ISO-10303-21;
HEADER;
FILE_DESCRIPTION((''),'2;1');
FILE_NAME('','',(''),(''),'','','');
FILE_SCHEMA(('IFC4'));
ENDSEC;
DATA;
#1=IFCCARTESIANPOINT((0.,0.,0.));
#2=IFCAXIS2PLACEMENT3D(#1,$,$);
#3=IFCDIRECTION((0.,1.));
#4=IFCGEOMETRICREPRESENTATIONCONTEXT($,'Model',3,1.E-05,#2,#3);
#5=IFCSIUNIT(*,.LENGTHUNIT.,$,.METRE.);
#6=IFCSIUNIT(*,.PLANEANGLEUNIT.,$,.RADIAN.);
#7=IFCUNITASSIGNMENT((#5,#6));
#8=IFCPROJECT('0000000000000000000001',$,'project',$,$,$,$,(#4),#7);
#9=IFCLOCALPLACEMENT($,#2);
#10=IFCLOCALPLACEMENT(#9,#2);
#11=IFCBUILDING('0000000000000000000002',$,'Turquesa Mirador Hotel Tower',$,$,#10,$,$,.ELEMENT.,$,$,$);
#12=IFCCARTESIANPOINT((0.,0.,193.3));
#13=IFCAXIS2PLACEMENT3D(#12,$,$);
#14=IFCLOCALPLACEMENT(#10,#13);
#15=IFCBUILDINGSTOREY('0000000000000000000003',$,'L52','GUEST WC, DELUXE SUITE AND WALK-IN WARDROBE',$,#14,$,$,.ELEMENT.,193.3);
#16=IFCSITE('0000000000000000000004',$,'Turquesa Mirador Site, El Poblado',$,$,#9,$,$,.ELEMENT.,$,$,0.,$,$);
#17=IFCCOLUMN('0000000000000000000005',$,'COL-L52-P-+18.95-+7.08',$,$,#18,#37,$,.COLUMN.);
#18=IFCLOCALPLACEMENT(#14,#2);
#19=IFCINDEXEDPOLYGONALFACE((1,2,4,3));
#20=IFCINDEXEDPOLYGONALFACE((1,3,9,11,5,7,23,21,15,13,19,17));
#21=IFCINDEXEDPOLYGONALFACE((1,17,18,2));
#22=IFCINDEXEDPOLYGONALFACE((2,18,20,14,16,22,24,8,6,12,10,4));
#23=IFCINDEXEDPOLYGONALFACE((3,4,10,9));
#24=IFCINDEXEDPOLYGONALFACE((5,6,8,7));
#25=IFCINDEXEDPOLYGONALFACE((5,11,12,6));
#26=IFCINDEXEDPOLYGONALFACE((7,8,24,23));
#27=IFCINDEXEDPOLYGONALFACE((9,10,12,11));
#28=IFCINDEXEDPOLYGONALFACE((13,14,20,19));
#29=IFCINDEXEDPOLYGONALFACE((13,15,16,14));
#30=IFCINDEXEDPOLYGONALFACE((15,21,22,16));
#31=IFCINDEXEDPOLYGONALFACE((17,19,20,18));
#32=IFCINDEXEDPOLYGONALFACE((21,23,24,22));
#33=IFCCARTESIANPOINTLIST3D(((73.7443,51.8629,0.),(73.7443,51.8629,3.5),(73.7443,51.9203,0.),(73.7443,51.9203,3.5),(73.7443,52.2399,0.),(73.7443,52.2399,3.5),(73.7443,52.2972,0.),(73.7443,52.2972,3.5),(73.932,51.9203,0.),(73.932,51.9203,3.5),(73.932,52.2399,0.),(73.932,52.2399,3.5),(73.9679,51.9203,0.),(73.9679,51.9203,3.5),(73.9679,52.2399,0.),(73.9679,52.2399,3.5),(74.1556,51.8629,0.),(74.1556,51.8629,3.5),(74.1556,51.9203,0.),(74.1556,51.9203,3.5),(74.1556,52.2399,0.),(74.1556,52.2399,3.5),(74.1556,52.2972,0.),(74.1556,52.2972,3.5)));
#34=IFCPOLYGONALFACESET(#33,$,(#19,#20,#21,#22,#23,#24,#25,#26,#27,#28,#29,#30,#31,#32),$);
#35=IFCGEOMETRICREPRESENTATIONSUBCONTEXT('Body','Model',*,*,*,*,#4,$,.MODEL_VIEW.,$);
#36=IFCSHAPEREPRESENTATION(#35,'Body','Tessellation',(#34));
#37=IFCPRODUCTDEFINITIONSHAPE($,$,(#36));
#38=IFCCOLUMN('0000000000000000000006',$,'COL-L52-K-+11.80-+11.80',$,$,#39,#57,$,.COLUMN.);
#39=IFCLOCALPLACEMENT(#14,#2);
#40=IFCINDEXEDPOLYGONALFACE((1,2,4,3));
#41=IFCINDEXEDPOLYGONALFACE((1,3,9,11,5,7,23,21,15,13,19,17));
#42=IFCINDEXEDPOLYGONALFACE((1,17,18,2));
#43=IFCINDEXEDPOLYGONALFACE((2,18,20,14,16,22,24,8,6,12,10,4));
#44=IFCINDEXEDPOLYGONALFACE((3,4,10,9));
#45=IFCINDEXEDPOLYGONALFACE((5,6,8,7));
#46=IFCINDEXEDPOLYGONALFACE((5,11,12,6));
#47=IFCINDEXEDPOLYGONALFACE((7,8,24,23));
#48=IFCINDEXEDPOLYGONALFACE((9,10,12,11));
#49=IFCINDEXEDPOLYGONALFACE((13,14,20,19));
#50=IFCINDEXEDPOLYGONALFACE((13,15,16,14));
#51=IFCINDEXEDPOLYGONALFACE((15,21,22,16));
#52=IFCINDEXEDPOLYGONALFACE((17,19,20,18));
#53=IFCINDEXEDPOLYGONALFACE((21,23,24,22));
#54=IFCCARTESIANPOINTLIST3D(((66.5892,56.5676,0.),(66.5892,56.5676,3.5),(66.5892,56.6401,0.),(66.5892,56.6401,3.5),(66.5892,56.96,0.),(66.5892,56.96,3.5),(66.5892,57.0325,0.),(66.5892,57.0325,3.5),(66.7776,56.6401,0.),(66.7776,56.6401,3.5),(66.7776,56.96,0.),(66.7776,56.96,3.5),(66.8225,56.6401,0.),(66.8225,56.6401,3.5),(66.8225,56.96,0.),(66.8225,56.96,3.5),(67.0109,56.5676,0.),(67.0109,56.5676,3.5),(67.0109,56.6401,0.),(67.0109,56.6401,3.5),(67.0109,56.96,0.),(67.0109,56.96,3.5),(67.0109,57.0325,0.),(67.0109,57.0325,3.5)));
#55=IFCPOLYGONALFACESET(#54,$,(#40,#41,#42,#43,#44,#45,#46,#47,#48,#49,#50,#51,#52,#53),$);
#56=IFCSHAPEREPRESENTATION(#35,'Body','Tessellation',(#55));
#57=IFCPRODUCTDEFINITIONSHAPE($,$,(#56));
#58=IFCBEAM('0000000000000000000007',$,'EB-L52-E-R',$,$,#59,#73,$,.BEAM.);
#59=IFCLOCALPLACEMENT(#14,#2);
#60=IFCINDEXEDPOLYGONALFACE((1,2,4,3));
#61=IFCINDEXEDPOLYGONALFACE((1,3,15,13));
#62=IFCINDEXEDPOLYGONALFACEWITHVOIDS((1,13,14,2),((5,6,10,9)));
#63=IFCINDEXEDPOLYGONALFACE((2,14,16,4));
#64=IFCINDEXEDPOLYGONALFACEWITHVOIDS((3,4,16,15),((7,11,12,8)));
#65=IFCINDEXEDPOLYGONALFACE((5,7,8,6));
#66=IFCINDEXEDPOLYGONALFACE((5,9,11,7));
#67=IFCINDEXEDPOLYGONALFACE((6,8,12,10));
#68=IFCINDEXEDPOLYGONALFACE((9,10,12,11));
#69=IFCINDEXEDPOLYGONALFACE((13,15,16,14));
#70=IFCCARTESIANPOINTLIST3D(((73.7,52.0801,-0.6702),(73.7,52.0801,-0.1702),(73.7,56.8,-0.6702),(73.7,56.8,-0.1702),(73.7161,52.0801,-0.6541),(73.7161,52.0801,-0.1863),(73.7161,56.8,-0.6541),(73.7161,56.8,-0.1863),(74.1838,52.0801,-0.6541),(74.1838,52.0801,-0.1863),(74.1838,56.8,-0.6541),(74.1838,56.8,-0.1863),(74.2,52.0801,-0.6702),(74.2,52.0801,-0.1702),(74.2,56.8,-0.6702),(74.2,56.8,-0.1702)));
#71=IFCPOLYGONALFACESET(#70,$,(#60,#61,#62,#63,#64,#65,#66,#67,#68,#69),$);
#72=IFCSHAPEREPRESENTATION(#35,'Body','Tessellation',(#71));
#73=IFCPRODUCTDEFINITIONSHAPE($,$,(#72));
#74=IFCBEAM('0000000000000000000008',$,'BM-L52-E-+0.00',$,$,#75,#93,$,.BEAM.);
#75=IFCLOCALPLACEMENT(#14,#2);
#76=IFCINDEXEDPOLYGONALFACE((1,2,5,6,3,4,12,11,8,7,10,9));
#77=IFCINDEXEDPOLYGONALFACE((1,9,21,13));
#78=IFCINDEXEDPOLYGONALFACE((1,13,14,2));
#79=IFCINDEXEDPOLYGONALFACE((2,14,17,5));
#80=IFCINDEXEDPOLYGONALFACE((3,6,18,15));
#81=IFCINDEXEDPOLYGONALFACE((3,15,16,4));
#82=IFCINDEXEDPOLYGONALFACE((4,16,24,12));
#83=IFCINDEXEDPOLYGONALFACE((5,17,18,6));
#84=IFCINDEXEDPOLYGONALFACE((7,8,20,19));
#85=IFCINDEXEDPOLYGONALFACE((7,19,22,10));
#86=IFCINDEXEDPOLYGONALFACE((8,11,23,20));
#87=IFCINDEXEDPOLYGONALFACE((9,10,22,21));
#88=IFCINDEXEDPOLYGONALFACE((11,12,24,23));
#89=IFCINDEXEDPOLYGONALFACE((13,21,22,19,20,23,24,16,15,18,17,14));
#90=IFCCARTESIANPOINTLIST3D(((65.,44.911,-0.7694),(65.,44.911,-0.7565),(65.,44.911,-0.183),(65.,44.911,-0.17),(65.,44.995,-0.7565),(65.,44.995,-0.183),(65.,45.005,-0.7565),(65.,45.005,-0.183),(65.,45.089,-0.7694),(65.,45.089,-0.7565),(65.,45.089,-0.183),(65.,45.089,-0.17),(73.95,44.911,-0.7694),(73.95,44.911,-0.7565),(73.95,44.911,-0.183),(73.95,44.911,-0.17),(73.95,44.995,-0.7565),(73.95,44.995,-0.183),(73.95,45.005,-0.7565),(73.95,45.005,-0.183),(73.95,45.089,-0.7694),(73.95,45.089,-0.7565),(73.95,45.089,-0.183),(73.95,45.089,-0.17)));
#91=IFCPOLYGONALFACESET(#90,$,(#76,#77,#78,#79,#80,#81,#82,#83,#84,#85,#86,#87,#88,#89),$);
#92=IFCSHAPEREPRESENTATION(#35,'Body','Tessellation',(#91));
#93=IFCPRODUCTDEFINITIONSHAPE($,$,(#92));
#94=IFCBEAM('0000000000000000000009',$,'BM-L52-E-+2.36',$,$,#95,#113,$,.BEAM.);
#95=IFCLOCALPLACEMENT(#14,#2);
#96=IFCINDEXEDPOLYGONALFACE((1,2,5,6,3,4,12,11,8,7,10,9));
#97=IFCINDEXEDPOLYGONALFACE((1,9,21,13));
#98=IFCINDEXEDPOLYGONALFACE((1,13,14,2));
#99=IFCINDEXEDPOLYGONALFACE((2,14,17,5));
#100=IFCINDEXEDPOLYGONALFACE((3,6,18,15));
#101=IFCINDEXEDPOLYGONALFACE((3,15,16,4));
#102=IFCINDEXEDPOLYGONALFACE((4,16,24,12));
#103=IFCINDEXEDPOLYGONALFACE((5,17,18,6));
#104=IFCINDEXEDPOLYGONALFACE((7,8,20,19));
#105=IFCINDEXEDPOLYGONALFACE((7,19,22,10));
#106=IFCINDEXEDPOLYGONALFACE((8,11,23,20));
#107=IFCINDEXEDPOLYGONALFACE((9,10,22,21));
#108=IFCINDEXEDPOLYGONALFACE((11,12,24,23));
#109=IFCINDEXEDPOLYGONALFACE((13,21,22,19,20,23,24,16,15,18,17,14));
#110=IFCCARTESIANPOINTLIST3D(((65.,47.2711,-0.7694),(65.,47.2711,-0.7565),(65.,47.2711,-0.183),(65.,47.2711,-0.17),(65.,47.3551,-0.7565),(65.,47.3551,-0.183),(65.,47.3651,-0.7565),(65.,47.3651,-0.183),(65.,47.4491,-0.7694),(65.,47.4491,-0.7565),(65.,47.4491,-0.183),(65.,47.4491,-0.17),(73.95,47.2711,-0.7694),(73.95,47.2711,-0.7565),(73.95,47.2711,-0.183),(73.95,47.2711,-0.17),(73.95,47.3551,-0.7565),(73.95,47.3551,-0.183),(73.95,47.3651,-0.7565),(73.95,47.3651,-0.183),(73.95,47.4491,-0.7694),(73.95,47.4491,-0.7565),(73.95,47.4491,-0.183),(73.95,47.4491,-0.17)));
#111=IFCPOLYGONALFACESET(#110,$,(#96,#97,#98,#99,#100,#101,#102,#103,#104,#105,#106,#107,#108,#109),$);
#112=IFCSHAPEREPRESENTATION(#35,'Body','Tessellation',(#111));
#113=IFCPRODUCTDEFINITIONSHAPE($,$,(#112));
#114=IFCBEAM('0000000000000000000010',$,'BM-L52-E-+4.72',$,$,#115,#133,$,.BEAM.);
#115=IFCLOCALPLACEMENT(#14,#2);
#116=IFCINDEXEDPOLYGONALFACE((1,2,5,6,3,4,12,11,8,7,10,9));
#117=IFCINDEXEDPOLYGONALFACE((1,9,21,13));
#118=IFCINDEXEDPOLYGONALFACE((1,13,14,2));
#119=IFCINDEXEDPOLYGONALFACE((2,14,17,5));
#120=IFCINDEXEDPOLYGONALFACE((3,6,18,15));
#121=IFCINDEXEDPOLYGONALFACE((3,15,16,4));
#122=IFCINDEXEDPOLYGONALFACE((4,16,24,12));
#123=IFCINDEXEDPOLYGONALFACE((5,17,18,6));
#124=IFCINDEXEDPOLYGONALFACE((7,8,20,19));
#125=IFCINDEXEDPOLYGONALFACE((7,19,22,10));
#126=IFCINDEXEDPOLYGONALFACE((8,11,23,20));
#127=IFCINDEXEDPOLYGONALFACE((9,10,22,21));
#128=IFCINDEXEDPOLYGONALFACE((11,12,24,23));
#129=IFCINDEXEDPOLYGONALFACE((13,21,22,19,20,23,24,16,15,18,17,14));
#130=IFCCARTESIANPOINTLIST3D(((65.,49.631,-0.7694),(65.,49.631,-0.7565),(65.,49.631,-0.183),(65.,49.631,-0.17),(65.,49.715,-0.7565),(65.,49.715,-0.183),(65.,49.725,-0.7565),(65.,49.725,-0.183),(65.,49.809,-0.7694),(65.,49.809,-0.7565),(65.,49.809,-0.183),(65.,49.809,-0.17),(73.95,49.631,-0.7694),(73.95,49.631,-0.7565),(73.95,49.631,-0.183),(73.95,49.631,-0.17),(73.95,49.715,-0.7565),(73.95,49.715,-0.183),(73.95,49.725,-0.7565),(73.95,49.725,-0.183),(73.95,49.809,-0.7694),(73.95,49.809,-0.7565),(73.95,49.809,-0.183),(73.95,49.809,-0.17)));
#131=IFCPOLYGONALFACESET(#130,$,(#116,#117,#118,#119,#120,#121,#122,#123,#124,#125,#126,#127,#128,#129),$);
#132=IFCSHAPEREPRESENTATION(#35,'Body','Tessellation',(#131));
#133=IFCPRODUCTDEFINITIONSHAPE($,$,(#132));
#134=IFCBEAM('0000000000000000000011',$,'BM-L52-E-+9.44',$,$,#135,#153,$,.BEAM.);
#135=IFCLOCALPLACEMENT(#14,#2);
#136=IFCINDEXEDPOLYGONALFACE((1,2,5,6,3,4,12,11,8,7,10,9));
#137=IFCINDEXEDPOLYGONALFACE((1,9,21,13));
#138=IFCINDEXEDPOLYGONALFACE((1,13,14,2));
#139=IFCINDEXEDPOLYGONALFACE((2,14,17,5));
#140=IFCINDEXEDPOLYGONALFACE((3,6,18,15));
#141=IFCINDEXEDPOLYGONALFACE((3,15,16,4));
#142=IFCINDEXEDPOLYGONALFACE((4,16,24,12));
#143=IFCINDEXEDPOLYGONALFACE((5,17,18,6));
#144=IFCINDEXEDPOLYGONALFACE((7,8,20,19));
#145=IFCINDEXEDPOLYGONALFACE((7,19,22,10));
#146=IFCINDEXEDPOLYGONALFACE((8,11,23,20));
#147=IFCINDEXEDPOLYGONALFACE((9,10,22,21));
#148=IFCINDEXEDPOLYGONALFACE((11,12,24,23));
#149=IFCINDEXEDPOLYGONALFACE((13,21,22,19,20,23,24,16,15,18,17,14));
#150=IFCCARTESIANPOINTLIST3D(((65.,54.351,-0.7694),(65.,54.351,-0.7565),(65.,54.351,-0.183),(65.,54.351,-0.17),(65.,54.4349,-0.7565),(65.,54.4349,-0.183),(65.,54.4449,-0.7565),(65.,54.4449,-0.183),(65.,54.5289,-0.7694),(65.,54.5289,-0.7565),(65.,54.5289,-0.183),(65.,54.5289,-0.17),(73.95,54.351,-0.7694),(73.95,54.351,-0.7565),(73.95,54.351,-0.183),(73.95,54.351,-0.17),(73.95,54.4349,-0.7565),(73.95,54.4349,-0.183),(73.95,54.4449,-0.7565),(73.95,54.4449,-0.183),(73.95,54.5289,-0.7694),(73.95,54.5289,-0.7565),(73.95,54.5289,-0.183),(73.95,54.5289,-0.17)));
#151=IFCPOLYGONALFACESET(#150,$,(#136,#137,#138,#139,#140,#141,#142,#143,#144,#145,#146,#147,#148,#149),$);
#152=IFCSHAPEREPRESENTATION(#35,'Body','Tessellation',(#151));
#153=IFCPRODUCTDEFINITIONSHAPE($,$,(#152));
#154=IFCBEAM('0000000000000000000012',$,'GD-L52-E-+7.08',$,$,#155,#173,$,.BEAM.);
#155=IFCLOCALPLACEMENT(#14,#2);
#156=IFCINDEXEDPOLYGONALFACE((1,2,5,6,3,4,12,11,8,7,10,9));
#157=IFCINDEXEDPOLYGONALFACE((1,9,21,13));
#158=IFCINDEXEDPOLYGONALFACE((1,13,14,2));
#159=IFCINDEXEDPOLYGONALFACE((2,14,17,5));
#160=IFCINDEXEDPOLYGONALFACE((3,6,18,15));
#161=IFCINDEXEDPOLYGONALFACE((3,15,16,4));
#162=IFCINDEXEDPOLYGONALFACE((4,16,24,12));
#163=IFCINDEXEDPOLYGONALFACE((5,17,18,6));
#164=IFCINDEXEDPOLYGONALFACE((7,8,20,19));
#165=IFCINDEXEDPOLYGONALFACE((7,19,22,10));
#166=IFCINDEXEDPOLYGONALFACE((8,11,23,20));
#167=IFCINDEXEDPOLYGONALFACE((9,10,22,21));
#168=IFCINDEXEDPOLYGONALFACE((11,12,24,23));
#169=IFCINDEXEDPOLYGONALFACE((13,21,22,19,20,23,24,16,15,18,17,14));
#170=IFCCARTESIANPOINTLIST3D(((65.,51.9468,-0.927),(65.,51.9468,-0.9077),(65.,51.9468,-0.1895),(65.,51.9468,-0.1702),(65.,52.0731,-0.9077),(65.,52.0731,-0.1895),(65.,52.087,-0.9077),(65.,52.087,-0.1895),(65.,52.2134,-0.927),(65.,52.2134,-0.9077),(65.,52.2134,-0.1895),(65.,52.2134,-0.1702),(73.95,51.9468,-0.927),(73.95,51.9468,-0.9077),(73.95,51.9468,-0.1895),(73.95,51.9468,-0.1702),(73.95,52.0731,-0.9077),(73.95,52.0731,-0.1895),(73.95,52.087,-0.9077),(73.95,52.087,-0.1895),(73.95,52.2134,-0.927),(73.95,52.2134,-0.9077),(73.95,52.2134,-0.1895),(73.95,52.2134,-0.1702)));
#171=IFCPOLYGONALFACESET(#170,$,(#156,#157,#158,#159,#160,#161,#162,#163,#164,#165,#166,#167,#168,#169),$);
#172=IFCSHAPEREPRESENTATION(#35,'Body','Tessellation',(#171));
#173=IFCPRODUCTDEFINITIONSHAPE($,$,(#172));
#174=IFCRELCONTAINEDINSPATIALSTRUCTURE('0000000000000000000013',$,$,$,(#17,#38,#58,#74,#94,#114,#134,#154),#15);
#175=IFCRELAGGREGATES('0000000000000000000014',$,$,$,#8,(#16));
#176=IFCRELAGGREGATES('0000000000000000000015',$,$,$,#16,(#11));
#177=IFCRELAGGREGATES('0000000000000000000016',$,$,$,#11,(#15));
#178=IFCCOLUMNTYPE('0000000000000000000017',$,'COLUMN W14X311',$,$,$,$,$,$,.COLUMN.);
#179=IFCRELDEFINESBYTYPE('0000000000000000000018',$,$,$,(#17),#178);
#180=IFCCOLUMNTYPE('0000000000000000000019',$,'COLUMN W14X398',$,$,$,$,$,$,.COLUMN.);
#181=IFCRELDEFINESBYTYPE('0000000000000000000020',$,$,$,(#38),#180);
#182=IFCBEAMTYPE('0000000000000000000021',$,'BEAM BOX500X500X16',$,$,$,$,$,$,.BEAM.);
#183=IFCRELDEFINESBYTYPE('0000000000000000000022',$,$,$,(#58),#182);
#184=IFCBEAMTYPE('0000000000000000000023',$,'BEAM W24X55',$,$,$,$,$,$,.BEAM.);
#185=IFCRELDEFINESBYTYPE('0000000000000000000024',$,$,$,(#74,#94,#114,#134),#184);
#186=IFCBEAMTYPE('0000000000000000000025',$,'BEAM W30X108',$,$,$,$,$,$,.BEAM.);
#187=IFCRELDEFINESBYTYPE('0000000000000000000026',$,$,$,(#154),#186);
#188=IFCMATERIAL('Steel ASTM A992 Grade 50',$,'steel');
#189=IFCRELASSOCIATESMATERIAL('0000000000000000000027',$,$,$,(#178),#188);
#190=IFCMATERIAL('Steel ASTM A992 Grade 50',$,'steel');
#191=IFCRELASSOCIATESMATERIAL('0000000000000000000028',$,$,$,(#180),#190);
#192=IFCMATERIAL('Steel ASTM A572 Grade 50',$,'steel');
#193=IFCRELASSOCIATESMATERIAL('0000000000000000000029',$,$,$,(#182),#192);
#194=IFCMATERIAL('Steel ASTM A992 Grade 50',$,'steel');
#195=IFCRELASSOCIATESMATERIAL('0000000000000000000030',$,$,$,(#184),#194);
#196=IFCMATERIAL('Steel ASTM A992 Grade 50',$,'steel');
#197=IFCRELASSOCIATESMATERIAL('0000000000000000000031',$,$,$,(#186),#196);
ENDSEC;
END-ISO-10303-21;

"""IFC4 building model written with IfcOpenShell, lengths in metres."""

from ifc_helpers import new_model, si_unit, direction, frame, origin, origin_2d, place, context, subcontext, project, spatial, hollow_rectangle, i_section, extrude, material, material_profile, profile_set, type_object, element, save


model = new_model("IFC4")

# Units and contexts
model_context = context("Model", 3, precision=1e-05, world=origin(), true_north=direction((0.0, 1.0)))
body_context = subcontext(model_context, "Body", "Model", "MODEL_VIEW")
ifc_project = project(units=[si_unit("LENGTHUNIT", "METRE"), si_unit("PLANEANGLEUNIT", "RADIAN")], contexts=[model_context])

# Site, building, storey
site_placement = place(None, origin())
site = spatial("IfcSite", under=ifc_project, at=site_placement, Name="Turquesa Mirador Site, El Poblado", CompositionType="ELEMENT", RefElevation=0.0)
building_placement = place(site_placement, origin())
building = spatial("IfcBuilding", under=site, at=building_placement, Name="Turquesa Mirador Hotel Tower", CompositionType="ELEMENT")
storey_placement = place(building_placement, frame((0.0, 0.0, 193.3)))
storey = spatial("IfcBuildingStorey", under=building, at=storey_placement, Name="L52", Description="GUEST WC, DELUXE SUITE AND WALK-IN WARDROBE", CompositionType="ELEMENT", Elevation=193.3)

# Columns
ifc_material_1 = material(Name="Steel ASTM A992 Grade 50", Category="steel")
ifc_material_profile_1 = material_profile(ifc_material_1, i_section(OverallWidth=0.4114, OverallDepth=0.4343, WebThickness=0.0359, FlangeThickness=0.0574, at=origin_2d()), Name="W14X311")
ifc_profile_set_1 = profile_set([ifc_material_profile_1], Name="Steel ASTM A992 Grade 50")
column_type_1 = type_object("IfcColumnType", Name="COLUMN W14X311", PredefinedType="COLUMN", material=ifc_profile_set_1)
column_1_placement = place(storey_placement, frame((73.95, 52.0801, 0.0), z_axis=(0.0, 0.0, 1.0), x_axis=(1.0, 0.0, 0.0)))
element("IfcColumn", 1, at=column_1_placement, inside=storey, type_object=column_type_1, Name="COL-L52-P-+18.95-+7.08", PredefinedType="COLUMN", context=body_context, shape_type="SweptSolid", body=[
    extrude(i_section(OverallWidth=0.4114, OverallDepth=0.4343, WebThickness=0.0359, FlangeThickness=0.0574, at=origin_2d()), origin(), (0.0, 0.0, 1.0), 3.5),
])
ifc_material_2 = material(Name="Steel ASTM A992 Grade 50", Category="steel")
ifc_material_profile_2 = material_profile(ifc_material_2, i_section(OverallWidth=0.4216, OverallDepth=0.4648, WebThickness=0.0449, FlangeThickness=0.0725, at=origin_2d()), Name="W14X398")
ifc_profile_set_2 = profile_set([ifc_material_profile_2], Name="Steel ASTM A992 Grade 50")
column_type_2 = type_object("IfcColumnType", Name="COLUMN W14X398", PredefinedType="COLUMN", material=ifc_profile_set_2)
column_2_placement = place(storey_placement, frame((66.8, 56.8, 0.0), z_axis=(0.0, 0.0, 1.0), x_axis=(1.0, 0.0, 0.0)))
element("IfcColumn", 2, at=column_2_placement, inside=storey, type_object=column_type_2, Name="COL-L52-K-+11.80-+11.80", PredefinedType="COLUMN", context=body_context, shape_type="SweptSolid", body=[
    extrude(i_section(OverallWidth=0.4216, OverallDepth=0.4648, WebThickness=0.0449, FlangeThickness=0.0725, at=origin_2d()), origin(), (0.0, 0.0, 1.0), 3.5),
])

# Beams
ifc_material_3 = material(Name="Steel ASTM A572 Grade 50", Category="steel")
ifc_material_profile_3 = material_profile(ifc_material_3, hollow_rectangle(XDim=0.5, YDim=0.5, WallThickness=0.0161, at=origin_2d()), Name="BOX500X500X16")
ifc_profile_set_3 = profile_set([ifc_material_profile_3], Name="Steel ASTM A572 Grade 50")
beam_type_1 = type_object("IfcBeamType", Name="BEAM BOX500X500X16", PredefinedType="BEAM", material=ifc_profile_set_3)
beam_1_placement = place(storey_placement, frame((73.95, 52.0801, -0.4202), z_axis=(0.0, 1.0, 0.0), x_axis=(-1.0, 0.0, 0.0)))
element("IfcBeam", 3, at=beam_1_placement, inside=storey, type_object=beam_type_1, Name="EB-L52-E-R", PredefinedType="BEAM", context=body_context, shape_type="SweptSolid", body=[
    extrude(hollow_rectangle(XDim=0.5, YDim=0.5, WallThickness=0.0161, at=origin_2d()), origin(), (0.0, 0.0, 1.0), 4.72),
])
ifc_material_4 = material(Name="Steel ASTM A992 Grade 50", Category="steel")
ifc_material_profile_4 = material_profile(ifc_material_4, i_section(OverallWidth=0.178, OverallDepth=0.5994, WebThickness=0.01, FlangeThickness=0.0129, at=origin_2d()), Name="W24X55")
ifc_profile_set_4 = profile_set([ifc_material_profile_4], Name="Steel ASTM A992 Grade 50")
beam_type_2 = type_object("IfcBeamType", Name="BEAM W24X55", PredefinedType="BEAM", material=ifc_profile_set_4)
for number, where, z_axis, x_axis, name in (
    (4, (73.95, 45.0, -0.4697), (-1.0, 0.0, 0.0), (0.0, -1.0, 0.0), "BM-L52-E-+0.00"),
    (5, (73.95, 47.3601, -0.4697), (-1.0, 0.0, 0.0), (0.0, -1.0, 0.0), "BM-L52-E-+2.36"),
    (6, (73.95, 49.72, -0.4697), (-1.0, 0.0, 0.0), (0.0, -1.0, 0.0), "BM-L52-E-+4.72"),
    (7, (73.95, 54.4399, -0.4697), (-1.0, 0.0, 0.0), (0.0, -1.0, 0.0), "BM-L52-E-+9.44"),
):
    element("IfcBeam", number, at=place(storey_placement, frame(where, z_axis=z_axis, x_axis=x_axis)), inside=storey, type_object=beam_type_2, Name=name, PredefinedType="BEAM", context=body_context, shape_type="SweptSolid", body=[
        extrude(i_section(OverallWidth=0.178, OverallDepth=0.5994, WebThickness=0.01, FlangeThickness=0.0129, at=origin_2d()), origin(), (0.0, 0.0, 1.0), 8.95),
    ])
ifc_material_5 = material(Name="Steel ASTM A992 Grade 50", Category="steel")
ifc_material_profile_5 = material_profile(ifc_material_5, i_section(OverallWidth=0.2666, OverallDepth=0.7568, WebThickness=0.0139, FlangeThickness=0.0193, at=origin_2d()), Name="W30X108")
ifc_profile_set_5 = profile_set([ifc_material_profile_5], Name="Steel ASTM A992 Grade 50")
beam_type_3 = type_object("IfcBeamType", Name="BEAM W30X108", PredefinedType="BEAM", material=ifc_profile_set_5)
beam_2_placement = place(storey_placement, frame((73.95, 52.0801, -0.5486), z_axis=(-1.0, 0.0, 0.0), x_axis=(0.0, -1.0, 0.0)))
element("IfcBeam", 8, at=beam_2_placement, inside=storey, type_object=beam_type_3, Name="GD-L52-E-+7.08", PredefinedType="BEAM", context=body_context, shape_type="SweptSolid", body=[
    extrude(i_section(OverallWidth=0.2666, OverallDepth=0.7568, WebThickness=0.0139, FlangeThickness=0.0193, at=origin_2d()), origin(), (0.0, 0.0, 1.0), 8.95),
])

save(model, "model.ifc")
